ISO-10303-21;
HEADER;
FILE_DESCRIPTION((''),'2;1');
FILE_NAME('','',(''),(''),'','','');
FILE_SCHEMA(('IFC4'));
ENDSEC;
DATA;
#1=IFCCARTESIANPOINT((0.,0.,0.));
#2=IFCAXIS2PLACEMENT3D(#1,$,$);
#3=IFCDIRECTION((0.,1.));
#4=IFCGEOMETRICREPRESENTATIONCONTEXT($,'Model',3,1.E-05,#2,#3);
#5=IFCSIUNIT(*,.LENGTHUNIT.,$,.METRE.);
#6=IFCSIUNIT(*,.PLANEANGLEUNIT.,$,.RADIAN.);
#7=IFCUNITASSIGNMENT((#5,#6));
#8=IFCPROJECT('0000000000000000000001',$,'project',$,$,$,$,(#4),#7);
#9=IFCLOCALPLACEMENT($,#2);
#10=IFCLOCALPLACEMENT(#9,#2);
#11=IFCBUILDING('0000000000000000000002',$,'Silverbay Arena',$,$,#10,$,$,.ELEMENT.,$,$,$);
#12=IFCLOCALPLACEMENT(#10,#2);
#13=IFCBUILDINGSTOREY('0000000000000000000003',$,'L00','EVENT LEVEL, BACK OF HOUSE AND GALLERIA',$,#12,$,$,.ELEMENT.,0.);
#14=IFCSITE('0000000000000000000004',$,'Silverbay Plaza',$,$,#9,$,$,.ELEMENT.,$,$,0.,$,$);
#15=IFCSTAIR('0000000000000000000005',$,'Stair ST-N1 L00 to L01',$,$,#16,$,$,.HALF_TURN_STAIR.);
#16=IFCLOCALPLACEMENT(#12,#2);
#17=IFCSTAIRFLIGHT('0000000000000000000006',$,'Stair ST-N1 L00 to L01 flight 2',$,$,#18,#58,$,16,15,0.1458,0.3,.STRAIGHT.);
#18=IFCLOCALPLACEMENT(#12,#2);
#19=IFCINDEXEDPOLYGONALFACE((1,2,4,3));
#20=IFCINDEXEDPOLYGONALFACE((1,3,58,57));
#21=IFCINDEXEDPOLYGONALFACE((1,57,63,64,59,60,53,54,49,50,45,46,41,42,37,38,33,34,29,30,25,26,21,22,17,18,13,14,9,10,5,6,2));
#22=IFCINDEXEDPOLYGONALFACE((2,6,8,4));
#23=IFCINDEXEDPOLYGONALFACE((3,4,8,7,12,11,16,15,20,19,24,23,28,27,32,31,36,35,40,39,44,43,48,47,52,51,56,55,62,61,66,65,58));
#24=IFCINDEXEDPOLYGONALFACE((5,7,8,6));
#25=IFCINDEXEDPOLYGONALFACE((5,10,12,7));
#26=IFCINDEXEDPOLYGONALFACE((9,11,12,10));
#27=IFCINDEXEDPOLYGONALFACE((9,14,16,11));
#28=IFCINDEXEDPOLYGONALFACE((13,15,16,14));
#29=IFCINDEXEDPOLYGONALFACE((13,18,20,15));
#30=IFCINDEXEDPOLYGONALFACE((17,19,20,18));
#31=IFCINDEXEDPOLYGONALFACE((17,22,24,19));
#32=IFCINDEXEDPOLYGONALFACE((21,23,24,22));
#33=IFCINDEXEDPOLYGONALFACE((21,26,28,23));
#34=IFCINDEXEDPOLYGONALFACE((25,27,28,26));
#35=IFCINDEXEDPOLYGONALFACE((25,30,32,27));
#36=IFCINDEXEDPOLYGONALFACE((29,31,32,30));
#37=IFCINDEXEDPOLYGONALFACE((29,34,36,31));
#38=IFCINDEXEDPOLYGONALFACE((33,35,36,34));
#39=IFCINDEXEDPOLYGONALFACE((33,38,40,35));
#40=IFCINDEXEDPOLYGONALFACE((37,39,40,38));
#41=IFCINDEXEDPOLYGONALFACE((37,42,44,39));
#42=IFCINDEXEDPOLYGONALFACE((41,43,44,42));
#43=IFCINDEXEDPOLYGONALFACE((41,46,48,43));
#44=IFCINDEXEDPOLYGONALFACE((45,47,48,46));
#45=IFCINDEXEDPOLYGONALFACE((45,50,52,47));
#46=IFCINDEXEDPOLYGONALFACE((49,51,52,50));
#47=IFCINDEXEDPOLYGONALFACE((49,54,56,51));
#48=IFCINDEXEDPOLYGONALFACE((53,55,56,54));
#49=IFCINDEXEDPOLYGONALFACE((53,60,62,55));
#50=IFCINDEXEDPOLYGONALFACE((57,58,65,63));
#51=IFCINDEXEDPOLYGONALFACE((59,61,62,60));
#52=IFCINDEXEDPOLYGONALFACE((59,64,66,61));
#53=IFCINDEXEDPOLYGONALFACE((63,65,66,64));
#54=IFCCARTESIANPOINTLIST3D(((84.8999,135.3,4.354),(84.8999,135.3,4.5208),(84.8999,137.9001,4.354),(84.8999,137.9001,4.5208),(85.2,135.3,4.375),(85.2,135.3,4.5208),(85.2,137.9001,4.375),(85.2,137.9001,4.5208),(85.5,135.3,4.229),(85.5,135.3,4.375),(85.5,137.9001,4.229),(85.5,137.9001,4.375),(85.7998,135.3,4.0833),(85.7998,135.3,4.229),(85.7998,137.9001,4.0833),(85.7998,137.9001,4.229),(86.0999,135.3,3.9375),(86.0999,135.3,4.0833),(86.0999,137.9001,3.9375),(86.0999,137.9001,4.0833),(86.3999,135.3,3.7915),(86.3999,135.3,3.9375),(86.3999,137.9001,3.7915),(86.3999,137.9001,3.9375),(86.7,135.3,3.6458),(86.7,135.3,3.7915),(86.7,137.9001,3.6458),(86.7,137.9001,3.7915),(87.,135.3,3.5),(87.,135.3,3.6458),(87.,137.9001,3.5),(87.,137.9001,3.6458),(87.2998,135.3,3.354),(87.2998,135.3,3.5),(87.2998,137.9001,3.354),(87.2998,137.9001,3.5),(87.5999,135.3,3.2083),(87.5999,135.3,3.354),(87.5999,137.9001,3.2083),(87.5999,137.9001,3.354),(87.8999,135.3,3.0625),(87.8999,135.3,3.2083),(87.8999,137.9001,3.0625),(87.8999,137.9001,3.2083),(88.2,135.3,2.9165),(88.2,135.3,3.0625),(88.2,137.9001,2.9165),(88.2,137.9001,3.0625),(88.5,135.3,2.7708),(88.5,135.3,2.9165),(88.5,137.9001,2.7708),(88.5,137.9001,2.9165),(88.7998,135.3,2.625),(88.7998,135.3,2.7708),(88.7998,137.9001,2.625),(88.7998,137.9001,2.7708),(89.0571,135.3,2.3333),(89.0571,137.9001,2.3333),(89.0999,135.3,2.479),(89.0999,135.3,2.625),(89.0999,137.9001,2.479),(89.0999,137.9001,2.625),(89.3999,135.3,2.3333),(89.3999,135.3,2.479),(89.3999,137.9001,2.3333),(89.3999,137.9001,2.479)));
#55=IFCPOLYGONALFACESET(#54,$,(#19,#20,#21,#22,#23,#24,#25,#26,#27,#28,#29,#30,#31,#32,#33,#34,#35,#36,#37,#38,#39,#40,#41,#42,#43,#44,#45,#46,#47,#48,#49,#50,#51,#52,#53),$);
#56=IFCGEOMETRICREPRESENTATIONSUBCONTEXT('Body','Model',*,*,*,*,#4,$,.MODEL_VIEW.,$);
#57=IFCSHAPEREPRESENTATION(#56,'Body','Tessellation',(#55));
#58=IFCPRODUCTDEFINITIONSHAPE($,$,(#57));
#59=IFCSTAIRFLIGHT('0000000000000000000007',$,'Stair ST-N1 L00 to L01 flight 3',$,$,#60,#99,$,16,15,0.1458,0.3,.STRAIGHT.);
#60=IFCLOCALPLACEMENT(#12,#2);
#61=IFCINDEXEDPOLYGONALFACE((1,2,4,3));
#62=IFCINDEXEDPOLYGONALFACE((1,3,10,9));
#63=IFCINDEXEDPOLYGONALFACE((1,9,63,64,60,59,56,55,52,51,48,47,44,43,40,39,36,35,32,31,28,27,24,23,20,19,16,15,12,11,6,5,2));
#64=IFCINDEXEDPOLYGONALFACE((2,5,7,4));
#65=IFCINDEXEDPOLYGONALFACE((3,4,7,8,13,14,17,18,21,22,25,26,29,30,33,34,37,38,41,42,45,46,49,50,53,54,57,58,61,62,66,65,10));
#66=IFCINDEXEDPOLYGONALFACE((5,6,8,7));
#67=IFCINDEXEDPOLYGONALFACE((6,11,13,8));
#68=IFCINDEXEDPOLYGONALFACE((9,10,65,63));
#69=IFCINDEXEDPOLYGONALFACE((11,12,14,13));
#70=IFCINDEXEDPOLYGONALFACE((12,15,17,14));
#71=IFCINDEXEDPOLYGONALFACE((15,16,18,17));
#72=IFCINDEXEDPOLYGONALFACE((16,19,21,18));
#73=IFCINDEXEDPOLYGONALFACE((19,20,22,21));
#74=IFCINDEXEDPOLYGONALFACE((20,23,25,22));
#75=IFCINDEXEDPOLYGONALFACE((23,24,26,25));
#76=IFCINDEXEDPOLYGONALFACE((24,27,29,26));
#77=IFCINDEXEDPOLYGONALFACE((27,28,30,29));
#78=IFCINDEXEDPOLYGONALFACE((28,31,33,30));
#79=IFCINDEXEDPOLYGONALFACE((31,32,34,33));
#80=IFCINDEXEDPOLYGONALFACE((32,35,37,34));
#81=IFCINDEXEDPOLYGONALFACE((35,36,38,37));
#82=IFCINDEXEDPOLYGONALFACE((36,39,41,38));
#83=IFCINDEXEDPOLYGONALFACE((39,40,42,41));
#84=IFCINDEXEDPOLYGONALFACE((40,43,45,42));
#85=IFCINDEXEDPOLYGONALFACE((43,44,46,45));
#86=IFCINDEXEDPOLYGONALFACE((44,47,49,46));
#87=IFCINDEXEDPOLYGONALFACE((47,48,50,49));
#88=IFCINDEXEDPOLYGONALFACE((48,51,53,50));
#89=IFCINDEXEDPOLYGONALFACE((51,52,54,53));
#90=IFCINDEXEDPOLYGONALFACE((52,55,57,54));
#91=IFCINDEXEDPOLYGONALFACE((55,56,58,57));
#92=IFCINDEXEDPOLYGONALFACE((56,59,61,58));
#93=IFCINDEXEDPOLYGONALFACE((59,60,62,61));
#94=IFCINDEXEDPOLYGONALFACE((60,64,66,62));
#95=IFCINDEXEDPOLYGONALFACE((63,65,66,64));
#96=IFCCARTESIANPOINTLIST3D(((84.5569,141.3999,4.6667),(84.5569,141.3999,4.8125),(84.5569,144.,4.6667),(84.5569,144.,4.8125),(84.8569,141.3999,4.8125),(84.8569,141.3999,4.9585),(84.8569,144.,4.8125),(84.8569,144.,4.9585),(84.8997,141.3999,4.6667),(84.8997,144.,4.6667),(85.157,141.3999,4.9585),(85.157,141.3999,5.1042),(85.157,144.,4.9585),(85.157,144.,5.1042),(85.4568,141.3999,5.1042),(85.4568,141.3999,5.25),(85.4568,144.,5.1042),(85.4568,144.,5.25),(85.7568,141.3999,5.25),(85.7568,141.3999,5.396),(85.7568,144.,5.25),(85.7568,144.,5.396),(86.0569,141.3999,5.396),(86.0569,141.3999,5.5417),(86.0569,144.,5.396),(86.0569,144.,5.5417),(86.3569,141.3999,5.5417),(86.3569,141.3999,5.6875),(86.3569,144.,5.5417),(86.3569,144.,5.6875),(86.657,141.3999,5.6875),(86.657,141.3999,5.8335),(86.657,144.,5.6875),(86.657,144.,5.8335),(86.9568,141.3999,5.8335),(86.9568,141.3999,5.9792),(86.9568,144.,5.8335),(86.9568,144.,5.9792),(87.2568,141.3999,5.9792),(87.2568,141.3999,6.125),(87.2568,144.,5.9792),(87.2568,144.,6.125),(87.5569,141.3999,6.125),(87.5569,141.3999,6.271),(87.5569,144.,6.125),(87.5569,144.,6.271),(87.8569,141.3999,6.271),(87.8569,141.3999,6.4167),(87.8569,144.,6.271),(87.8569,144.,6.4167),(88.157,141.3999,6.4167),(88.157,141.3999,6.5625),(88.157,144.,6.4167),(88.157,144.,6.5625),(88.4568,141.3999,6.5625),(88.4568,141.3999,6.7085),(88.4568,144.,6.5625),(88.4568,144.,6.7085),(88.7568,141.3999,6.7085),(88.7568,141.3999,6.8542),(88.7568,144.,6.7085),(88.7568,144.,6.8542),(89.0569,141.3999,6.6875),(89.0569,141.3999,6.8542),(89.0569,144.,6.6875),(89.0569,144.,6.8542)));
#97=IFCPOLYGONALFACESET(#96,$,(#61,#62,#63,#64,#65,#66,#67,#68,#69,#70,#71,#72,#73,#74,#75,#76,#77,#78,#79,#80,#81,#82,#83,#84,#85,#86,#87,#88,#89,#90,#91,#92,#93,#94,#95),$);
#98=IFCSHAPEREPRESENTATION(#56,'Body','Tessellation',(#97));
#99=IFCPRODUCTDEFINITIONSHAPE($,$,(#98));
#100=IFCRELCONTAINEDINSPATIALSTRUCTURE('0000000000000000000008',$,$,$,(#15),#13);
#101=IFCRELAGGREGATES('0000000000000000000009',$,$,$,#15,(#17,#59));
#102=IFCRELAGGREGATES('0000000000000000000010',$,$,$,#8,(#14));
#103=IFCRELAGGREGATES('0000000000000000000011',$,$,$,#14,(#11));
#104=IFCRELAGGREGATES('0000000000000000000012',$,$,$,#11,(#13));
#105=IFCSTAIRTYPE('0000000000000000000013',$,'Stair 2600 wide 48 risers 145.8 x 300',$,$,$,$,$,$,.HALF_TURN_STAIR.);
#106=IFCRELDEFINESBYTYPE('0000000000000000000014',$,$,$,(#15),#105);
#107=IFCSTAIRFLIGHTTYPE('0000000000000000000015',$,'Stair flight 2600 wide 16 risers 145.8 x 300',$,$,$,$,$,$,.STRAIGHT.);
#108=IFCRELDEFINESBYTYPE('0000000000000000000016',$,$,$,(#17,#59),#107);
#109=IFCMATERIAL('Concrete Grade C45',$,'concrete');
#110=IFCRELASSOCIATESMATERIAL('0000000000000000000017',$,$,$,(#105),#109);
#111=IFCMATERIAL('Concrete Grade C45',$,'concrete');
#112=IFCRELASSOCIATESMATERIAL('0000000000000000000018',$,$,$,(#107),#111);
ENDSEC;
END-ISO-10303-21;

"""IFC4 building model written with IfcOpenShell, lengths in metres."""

from ifc_helpers import new_model, si_unit, direction, frame, origin, place, context, subcontext, project, spatial, polyline, outline, extrude, material, type_object, element, aggregate, save


model = new_model("IFC4")

# Units and contexts
model_context = context("Model", 3, precision=1e-05, world=origin(), true_north=direction((0.0, 1.0)))
body_context = subcontext(model_context, "Body", "Model", "MODEL_VIEW")
ifc_project = project(units=[si_unit("LENGTHUNIT", "METRE"), si_unit("PLANEANGLEUNIT", "RADIAN")], contexts=[model_context])

# Site, building, storey
site_placement = place(None, origin())
site = spatial("IfcSite", under=ifc_project, at=site_placement, Name="Silverbay Plaza", CompositionType="ELEMENT", RefElevation=0.0)
building_placement = place(site_placement, origin())
building = spatial("IfcBuilding", under=site, at=building_placement, Name="Silverbay Arena", CompositionType="ELEMENT")
storey_placement = place(building_placement, origin())
storey = spatial("IfcBuildingStorey", under=building, at=storey_placement, Name="L00", Description="EVENT LEVEL, BACK OF HOUSE AND GALLERIA", CompositionType="ELEMENT", Elevation=0.0)

# Stair, stair flights
ifc_material_1 = material(Name="Concrete Grade C45", Category="concrete")
stair_type = type_object("IfcStairType", Name="Stair 2600 wide 48 risers 145.8 x 300", PredefinedType="HALF_TURN_STAIR", material=ifc_material_1)
stair_placement = place(storey_placement, origin())
stair = element("IfcStair", 1, at=stair_placement, inside=storey, type_object=stair_type, Name="Stair ST-N1 L00 to L01", PredefinedType="HALF_TURN_STAIR")
ifc_material_2 = material(Name="Concrete Grade C45", Category="concrete")
stair_flight_type = type_object("IfcStairFlightType", Name="Stair flight 2600 wide 16 risers 145.8 x 300", PredefinedType="STRAIGHT", material=ifc_material_2)
stair_flight_1_placement = place(storey_placement, frame((89.3999, 136.6001, 2.3333), z_axis=(0.0, 0.0, 1.0), x_axis=(-1.0, 0.0, 0.0)))
stair_flight_1 = element("IfcStairFlight", 2, at=stair_flight_1_placement, type_object=stair_flight_type, Name="Stair ST-N1 L00 to L01 flight 2", NumberOfRisers=16, NumberOfTreads=15, PredefinedType="STRAIGHT", RiserHeight=0.1458, TreadLength=0.3, context=body_context, shape_type="SweptSolid", body=[
    extrude(outline(polyline([(0.0, 0.0), (0.0, 0.1458), (0.3, 0.1458), (0.3, 0.2917), (0.6001, 0.2917), (0.6001, 0.4375), (0.8999, 0.4375), (0.8999, 0.5833), (1.2, 0.5833), (1.2, 0.7292), (1.5, 0.7292), (1.5, 0.875), (1.8, 0.875), (1.8, 1.0208), (2.1001, 1.0208), (2.1001, 1.1667), (2.3999, 1.1667), (2.3999, 1.3125), (2.7, 1.3125), (2.7, 1.4583), (3.0, 1.4583), (3.0, 1.6042), (3.3, 1.6042), (3.3, 1.75), (3.6001, 1.75), (3.6001, 1.8958), (3.8999, 1.8958), (3.8999, 2.0417), (4.2, 2.0417), (4.2, 2.1875), (4.5, 2.1875), (4.5, 2.0208), (0.3428, 0.0), (0.0, 0.0)])), frame((0.0, 1.3, 0.0), z_axis=(0.0, -1.0, 0.0), x_axis=(1.0, 0.0, 0.0)), (0.0, 0.0, 1.0), 2.6001),
])
stair_flight_2_placement = place(storey_placement, frame((84.5569, 142.7, 4.6667), z_axis=(0.0, 0.0, 1.0), x_axis=(1.0, 0.0, 0.0)))
stair_flight_2 = element("IfcStairFlight", 3, at=stair_flight_2_placement, type_object=stair_flight_type, Name="Stair ST-N1 L00 to L01 flight 3", NumberOfRisers=16, NumberOfTreads=15, PredefinedType="STRAIGHT", RiserHeight=0.1458, TreadLength=0.3, context=body_context, shape_type="SweptSolid", body=[
    extrude(outline(polyline([(0.0, 0.0), (0.0, 0.1458), (0.3, 0.1458), (0.3, 0.2917), (0.6001, 0.2917), (0.6001, 0.4375), (0.8999, 0.4375), (0.8999, 0.5833), (1.2, 0.5833), (1.2, 0.7292), (1.5, 0.7292), (1.5, 0.875), (1.8, 0.875), (1.8, 1.0208), (2.1001, 1.0208), (2.1001, 1.1667), (2.3999, 1.1667), (2.3999, 1.3125), (2.7, 1.3125), (2.7, 1.4583), (3.0, 1.4583), (3.0, 1.6042), (3.3, 1.6042), (3.3, 1.75), (3.6001, 1.75), (3.6001, 1.8958), (3.8999, 1.8958), (3.8999, 2.0417), (4.2, 2.0417), (4.2, 2.1875), (4.5, 2.1875), (4.5, 2.0208), (0.3428, 0.0), (0.0, 0.0)])), frame((0.0, 1.3, 0.0), z_axis=(0.0, -1.0, 0.0), x_axis=(1.0, 0.0, 0.0)), (0.0, 0.0, 1.0), 2.6001),
])
aggregate(stair, [stair_flight_1, stair_flight_2])

save(model, "model.ifc")
